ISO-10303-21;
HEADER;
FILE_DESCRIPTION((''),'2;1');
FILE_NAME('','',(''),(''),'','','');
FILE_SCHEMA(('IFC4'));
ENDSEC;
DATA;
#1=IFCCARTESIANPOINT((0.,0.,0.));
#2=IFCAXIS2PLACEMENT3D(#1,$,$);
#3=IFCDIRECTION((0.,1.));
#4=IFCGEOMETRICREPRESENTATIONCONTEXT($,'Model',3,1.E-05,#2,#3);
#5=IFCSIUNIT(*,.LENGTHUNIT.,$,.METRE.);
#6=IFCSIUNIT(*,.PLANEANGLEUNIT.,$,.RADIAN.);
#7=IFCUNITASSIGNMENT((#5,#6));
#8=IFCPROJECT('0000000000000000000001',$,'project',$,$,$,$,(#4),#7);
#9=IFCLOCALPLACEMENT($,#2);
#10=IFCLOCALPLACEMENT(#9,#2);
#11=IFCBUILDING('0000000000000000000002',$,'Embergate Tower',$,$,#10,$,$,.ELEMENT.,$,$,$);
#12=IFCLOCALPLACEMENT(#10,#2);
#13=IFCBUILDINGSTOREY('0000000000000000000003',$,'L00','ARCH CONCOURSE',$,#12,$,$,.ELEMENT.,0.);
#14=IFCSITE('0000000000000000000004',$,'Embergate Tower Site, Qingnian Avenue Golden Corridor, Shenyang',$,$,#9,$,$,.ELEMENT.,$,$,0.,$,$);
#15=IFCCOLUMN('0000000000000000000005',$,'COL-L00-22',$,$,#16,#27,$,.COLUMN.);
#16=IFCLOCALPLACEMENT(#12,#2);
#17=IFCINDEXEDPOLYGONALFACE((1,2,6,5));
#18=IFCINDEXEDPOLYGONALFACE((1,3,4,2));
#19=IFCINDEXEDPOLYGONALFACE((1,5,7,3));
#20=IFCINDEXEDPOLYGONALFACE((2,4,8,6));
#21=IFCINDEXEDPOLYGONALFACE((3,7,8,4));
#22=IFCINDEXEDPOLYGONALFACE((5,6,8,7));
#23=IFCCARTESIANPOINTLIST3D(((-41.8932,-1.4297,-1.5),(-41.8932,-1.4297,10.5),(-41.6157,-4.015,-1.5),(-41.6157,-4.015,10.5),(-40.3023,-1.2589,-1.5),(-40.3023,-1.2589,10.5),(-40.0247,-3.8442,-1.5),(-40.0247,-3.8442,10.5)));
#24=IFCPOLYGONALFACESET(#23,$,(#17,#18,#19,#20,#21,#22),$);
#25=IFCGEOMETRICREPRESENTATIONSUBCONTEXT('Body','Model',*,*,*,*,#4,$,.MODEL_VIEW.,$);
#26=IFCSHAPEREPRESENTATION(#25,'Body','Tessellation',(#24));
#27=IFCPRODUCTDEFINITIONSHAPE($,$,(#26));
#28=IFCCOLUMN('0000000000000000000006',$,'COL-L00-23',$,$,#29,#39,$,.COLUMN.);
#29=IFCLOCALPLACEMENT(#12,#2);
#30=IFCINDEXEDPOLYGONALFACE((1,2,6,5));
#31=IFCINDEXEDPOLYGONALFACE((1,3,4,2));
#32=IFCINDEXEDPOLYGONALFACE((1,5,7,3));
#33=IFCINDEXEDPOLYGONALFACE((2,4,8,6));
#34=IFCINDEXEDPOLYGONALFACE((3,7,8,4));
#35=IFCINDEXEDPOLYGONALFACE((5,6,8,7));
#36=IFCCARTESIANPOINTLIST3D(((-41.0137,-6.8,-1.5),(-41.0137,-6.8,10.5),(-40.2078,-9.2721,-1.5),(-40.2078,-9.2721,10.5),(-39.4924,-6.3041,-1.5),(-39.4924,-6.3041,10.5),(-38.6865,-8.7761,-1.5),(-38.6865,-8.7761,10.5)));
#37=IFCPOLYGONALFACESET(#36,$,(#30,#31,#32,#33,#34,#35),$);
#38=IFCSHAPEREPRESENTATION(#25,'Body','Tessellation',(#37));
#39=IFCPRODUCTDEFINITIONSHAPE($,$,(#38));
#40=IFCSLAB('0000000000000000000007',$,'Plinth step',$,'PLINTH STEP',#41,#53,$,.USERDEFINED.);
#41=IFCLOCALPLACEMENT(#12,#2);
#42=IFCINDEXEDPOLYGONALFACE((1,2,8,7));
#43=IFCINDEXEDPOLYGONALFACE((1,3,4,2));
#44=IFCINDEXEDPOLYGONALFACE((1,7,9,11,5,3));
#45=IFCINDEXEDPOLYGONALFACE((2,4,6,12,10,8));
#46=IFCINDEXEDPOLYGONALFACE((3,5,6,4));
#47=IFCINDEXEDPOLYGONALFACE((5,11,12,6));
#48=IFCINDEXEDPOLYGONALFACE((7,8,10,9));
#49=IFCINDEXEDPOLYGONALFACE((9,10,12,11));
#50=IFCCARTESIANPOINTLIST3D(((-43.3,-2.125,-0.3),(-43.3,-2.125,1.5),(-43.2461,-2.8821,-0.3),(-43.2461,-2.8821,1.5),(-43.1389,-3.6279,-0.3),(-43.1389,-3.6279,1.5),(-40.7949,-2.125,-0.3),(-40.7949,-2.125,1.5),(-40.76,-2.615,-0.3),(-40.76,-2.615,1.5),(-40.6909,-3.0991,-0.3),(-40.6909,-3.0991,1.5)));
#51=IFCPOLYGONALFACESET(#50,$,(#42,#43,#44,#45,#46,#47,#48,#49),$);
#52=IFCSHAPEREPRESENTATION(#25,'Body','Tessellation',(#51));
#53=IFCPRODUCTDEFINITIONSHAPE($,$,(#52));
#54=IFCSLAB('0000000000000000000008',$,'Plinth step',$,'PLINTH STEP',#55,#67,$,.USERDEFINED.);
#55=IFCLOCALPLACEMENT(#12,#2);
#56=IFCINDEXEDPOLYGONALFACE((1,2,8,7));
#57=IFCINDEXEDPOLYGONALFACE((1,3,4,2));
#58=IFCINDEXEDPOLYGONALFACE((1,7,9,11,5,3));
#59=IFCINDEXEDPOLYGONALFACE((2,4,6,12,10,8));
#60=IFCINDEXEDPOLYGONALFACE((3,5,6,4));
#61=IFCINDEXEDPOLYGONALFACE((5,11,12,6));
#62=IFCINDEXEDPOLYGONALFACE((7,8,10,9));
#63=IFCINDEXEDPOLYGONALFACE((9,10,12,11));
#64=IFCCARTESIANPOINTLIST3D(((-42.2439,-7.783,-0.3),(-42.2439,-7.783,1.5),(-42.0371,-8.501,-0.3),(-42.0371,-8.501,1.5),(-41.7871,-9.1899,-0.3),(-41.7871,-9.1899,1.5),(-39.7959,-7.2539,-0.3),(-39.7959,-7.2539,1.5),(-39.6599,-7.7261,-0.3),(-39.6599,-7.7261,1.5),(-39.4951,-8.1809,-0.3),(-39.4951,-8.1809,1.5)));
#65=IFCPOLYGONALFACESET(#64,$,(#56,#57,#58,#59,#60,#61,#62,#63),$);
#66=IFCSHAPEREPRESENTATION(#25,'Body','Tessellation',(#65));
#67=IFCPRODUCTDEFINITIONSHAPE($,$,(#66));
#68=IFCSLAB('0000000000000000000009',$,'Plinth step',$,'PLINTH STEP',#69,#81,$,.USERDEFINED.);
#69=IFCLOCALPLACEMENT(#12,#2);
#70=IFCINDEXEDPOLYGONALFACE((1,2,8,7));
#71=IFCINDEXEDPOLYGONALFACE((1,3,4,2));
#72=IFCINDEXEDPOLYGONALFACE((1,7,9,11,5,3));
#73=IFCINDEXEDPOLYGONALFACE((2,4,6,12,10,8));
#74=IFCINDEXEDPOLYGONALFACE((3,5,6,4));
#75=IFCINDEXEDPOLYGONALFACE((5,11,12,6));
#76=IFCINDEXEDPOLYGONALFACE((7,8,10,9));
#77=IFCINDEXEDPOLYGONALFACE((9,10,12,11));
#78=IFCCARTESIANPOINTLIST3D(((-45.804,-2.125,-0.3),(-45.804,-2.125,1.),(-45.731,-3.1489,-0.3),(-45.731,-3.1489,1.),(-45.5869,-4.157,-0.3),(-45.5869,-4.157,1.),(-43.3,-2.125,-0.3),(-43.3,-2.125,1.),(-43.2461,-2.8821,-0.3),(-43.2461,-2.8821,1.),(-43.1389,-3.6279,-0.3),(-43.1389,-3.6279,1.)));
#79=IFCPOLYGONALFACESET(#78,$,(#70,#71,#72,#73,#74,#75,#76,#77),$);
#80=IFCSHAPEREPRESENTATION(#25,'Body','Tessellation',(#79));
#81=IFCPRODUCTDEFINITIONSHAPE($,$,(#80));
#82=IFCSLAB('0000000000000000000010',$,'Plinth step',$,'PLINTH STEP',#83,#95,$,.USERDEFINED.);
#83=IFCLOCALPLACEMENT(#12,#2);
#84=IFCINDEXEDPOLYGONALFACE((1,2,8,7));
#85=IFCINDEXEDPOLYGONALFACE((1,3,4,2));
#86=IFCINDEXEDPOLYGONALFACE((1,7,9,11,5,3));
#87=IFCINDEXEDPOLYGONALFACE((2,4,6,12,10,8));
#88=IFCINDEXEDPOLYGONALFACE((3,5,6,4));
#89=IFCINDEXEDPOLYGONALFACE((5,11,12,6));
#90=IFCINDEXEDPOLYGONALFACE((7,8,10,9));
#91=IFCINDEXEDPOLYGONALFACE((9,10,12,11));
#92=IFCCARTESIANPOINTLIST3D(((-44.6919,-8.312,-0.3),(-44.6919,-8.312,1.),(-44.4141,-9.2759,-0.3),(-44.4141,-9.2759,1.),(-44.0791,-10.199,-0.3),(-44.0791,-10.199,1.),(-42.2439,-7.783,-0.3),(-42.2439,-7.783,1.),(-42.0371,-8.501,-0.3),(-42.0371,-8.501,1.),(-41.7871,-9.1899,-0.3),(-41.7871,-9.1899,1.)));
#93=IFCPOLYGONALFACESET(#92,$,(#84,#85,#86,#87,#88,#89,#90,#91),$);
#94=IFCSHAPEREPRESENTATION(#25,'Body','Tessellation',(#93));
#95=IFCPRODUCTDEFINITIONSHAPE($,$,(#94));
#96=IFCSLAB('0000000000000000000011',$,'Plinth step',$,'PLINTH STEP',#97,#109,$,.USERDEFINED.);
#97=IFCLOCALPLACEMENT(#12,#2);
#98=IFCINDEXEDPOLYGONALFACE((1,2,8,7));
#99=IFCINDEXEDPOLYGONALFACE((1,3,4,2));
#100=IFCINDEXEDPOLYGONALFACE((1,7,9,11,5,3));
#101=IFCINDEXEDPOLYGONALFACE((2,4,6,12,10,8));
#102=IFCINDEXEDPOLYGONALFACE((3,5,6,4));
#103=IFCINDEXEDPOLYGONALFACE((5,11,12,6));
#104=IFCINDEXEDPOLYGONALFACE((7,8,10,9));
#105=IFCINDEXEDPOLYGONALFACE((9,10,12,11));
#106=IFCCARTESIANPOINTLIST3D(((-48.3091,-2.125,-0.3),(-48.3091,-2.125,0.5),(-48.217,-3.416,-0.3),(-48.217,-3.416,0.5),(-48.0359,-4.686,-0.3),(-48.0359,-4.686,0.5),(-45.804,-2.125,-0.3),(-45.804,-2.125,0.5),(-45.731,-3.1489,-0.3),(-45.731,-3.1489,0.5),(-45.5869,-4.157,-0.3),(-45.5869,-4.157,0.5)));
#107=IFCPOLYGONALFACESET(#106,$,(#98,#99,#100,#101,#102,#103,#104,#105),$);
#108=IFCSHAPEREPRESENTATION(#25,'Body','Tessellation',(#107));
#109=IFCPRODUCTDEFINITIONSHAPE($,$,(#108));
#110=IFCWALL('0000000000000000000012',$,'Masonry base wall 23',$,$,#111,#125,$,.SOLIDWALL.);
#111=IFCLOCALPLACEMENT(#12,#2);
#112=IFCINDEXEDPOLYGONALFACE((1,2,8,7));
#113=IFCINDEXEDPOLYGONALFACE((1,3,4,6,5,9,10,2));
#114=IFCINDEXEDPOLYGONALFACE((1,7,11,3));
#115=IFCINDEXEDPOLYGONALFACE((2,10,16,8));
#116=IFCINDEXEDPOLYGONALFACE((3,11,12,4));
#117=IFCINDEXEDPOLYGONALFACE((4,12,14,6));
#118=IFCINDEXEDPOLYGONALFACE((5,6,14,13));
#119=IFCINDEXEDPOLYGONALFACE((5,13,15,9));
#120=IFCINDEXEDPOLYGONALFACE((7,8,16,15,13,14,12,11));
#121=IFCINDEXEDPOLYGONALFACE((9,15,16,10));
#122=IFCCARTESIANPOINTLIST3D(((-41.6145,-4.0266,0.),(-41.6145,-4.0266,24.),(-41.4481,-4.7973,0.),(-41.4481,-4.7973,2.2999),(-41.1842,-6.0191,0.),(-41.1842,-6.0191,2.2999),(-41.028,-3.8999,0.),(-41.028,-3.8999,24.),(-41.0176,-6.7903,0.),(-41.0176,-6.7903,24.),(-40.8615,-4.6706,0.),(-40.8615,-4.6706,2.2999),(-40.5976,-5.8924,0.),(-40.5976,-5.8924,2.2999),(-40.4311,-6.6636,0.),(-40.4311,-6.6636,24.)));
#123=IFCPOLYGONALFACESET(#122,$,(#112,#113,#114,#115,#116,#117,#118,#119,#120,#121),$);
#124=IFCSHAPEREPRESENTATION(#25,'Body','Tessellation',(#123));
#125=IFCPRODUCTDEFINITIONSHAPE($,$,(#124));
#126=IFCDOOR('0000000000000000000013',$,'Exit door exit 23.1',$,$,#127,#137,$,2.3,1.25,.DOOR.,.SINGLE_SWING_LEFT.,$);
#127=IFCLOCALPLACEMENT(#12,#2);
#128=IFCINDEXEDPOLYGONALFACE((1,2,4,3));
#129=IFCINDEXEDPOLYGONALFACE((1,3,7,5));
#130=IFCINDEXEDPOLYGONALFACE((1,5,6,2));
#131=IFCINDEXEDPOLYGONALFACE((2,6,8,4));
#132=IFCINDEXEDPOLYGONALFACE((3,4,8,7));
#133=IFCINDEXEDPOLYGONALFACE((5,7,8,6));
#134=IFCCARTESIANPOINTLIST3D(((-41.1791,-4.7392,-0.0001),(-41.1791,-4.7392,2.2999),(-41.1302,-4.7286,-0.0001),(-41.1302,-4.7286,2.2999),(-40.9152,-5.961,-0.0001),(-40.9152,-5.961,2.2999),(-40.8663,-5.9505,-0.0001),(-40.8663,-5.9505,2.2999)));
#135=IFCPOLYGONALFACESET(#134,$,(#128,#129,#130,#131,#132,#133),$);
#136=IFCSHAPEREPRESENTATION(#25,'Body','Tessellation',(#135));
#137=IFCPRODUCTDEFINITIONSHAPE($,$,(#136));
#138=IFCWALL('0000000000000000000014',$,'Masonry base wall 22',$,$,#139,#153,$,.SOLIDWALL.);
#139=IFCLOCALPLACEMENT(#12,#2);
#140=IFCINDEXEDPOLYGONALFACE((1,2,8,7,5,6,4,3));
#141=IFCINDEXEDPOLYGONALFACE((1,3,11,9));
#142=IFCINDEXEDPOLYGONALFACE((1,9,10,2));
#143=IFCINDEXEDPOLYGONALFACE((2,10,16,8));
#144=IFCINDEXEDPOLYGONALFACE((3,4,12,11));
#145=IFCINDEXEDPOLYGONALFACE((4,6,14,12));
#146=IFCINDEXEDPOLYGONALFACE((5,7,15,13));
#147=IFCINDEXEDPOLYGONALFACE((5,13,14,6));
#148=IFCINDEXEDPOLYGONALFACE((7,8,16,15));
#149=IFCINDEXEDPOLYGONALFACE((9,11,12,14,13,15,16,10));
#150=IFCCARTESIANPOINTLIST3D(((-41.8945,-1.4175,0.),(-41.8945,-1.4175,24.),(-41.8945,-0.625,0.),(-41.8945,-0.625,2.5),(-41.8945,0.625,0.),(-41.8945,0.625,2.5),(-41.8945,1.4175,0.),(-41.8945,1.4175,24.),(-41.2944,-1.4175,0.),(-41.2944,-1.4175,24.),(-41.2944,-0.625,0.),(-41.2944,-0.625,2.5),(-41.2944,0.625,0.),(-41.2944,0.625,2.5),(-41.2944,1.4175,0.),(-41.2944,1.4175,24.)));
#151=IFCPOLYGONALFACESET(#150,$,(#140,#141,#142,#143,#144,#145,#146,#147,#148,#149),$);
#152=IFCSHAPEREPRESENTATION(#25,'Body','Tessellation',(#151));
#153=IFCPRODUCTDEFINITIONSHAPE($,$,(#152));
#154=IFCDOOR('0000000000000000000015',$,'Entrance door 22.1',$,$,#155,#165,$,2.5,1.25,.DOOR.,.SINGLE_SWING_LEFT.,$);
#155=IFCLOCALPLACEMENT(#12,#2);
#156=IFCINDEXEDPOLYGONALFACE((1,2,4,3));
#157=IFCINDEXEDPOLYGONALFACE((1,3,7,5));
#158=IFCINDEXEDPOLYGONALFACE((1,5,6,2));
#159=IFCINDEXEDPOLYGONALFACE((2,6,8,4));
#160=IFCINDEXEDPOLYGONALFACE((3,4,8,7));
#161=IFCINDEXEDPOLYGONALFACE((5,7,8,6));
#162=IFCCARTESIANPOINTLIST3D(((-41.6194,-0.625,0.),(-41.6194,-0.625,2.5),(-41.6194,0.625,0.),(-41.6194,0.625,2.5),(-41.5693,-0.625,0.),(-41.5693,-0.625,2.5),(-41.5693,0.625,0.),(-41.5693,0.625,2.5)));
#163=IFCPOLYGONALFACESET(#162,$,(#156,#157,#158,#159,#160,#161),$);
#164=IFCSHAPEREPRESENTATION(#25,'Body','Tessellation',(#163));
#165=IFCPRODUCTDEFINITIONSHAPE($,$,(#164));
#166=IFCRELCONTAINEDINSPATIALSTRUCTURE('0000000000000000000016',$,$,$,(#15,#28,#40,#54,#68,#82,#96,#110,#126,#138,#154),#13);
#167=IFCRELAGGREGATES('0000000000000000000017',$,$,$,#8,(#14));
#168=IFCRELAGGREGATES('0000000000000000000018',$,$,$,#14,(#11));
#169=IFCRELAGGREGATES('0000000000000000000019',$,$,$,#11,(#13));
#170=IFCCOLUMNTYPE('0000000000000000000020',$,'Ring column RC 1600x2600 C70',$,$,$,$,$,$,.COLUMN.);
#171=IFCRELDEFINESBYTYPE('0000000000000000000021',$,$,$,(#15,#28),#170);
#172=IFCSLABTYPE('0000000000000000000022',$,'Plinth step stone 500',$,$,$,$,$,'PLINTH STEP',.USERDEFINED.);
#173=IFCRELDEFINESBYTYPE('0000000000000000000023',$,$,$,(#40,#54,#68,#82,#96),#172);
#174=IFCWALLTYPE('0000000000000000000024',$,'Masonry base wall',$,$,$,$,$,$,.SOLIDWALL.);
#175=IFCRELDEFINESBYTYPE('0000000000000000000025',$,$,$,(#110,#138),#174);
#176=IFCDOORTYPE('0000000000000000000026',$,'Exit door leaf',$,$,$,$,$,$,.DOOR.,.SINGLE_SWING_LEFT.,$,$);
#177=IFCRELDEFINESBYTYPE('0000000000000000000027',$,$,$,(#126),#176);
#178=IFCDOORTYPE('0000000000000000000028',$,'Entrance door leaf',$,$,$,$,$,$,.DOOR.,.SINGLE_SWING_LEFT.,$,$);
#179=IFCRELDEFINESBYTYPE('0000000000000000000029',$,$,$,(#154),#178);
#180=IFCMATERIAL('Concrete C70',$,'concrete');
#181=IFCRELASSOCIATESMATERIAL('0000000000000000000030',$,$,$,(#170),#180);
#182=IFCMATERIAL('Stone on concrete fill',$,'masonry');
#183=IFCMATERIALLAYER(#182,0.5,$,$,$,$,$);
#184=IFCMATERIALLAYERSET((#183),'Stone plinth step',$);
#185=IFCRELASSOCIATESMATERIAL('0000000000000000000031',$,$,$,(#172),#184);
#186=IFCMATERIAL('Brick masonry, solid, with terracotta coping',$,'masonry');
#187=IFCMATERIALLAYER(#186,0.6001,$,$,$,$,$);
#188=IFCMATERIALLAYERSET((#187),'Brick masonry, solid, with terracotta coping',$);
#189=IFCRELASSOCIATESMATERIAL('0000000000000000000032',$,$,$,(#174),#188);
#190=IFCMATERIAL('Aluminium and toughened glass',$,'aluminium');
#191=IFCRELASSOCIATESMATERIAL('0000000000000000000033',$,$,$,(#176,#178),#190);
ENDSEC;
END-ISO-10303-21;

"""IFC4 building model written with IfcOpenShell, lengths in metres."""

from ifc_helpers import new_model, si_unit, direction, frame, frame_2d, origin, origin_2d, place, context, subcontext, project, spatial, polyline, rectangle, outline, extrude, source, transform, mapped, material, layer, layer_set, material_profile, profile_set, type_object, element, fill, save


model = new_model("IFC4")

# Units and contexts
model_context = context("Model", 3, precision=1e-05, world=origin(), true_north=direction((0.0, 1.0)))
body_context = subcontext(model_context, "Body", "Model", "MODEL_VIEW")
ifc_project = project(units=[si_unit("LENGTHUNIT", "METRE"), si_unit("PLANEANGLEUNIT", "RADIAN")], contexts=[model_context])

# Site, building, storey
site_placement = place(None, origin())
site = spatial("IfcSite", under=ifc_project, at=site_placement, Name="Embergate Tower Site, Qingnian Avenue Golden Corridor, Shenyang", CompositionType="ELEMENT", RefElevation=0.0)
building_placement = place(site_placement, origin())
building = spatial("IfcBuilding", under=site, at=building_placement, Name="Embergate Tower", CompositionType="ELEMENT")
storey_placement = place(building_placement, origin())
storey = spatial("IfcBuildingStorey", under=building, at=storey_placement, Name="L00", Description="ARCH CONCOURSE", CompositionType="ELEMENT", Elevation=0.0)

# Columns
ifc_material_1 = material(Name="Concrete C70", Category="concrete")
ifc_material_profile = material_profile(ifc_material_1, rectangle(XDim=1.6001, YDim=2.6001, at=origin_2d()), Name="RC 1600x2600")
ifc_profile_set = profile_set([ifc_material_profile], Name="Concrete C70")
column_type = type_object("IfcColumnType", Name="Ring column RC 1600x2600 C70", PredefinedType="COLUMN", material=ifc_profile_set)
shared_shape_1 = source(origin(), body_context, "Body", "SweptSolid", [
    extrude(rectangle(XDim=1.6001, YDim=2.6001, at=origin_2d()), origin(), (0.0, 0.0, 1.0), 12.0),
])
for number, where, z_axis, x_axis, name in (
    (1, (-40.959, -2.637, -1.5), (0.0, 0.0, 1.0), (-0.994286, -0.10675, 0.0), "COL-L00-22"),
    (2, (-39.8501, -7.7881, -1.5), (0.0, 0.0, 1.0), (-0.950754, -0.309946, 0.0), "COL-L00-23"),
):
    element("IfcColumn", number, at=place(storey_placement, frame(where, z_axis=z_axis, x_axis=x_axis)), inside=storey, type_object=column_type, Name=name, PredefinedType="COLUMN", context=body_context, shape_type="MappedRepresentation", body=[
        mapped(shared_shape_1, transform((0.0, 0.0, 0.0))),
    ])

# Slabs
ifc_material_2 = material(Name="Stone on concrete fill", Category="masonry")
ifc_layer_1 = layer(ifc_material_2, 0.5)
ifc_layer_set_1 = layer_set([ifc_layer_1], Name="Stone plinth step")
slab_type = type_object("IfcSlabType", Name="Plinth step stone 500", ElementType="PLINTH STEP", PredefinedType="USERDEFINED", material=ifc_layer_set_1)
shared_shape_2 = source(origin(), body_context, "Body", "SweptSolid", [
    extrude(outline(polyline([(0.0, 0.0), (-0.1072, 0.7458), (-0.1611, 1.5029), (2.344, 1.5029), (2.3789, 1.0129), (2.448, 0.5288), (0.0, 0.0)])), origin(), (0.0, 0.0, 1.0), 1.8),
])
slab_1_placement = place(storey_placement, frame((-43.1389, -3.6279, -0.3)))
element("IfcSlab", 3, at=slab_1_placement, inside=storey, type_object=slab_type, Name="Plinth step", ObjectType="PLINTH STEP", PredefinedType="USERDEFINED", context=body_context, shape_type="MappedRepresentation", body=[
    mapped(shared_shape_2, transform((0.0, 0.0, 0.0))),
])
shared_shape_3 = source(origin(), body_context, "Body", "SweptSolid", [
    extrude(outline(polyline([(0.0, 0.0), (-0.25, 0.689), (-0.4568, 1.407), (1.9912, 1.936), (2.1272, 1.4639), (2.292, 1.009), (0.0, 0.0)])), origin(), (0.0, 0.0, 1.0), 1.8),
])
slab_2_placement = place(storey_placement, frame((-41.7871, -9.1899, -0.3)))
element("IfcSlab", 4, at=slab_2_placement, inside=storey, type_object=slab_type, Name="Plinth step", ObjectType="PLINTH STEP", PredefinedType="USERDEFINED", context=body_context, shape_type="MappedRepresentation", body=[
    mapped(shared_shape_3, transform((0.0, 0.0, 0.0))),
])
shared_shape_4 = source(origin(), body_context, "Body", "SweptSolid", [
    extrude(outline(polyline([(0.0, 0.0), (-0.144, 1.0081), (-0.217, 2.032), (2.2869, 2.032), (2.3408, 1.2749), (2.448, 0.5291), (0.0, 0.0)])), origin(), (0.0, 0.0, 1.0), 1.3),
])
slab_3_placement = place(storey_placement, frame((-45.5869, -4.157, -0.3)))
element("IfcSlab", 5, at=slab_3_placement, inside=storey, type_object=slab_type, Name="Plinth step", ObjectType="PLINTH STEP", PredefinedType="USERDEFINED", context=body_context, shape_type="MappedRepresentation", body=[
    mapped(shared_shape_4, transform((0.0, 0.0, 0.0))),
])
shared_shape_5 = source(origin(), body_context, "Body", "SweptSolid", [
    extrude(outline(polyline([(0.0, 0.0), (-0.335, 0.9231), (-0.6128, 1.887), (1.8352, 2.416), (2.042, 1.698), (2.292, 1.009), (0.0, 0.0)])), origin(), (0.0, 0.0, 1.0), 1.3),
])
slab_4_placement = place(storey_placement, frame((-44.0791, -10.199, -0.3)))
element("IfcSlab", 6, at=slab_4_placement, inside=storey, type_object=slab_type, Name="Plinth step", ObjectType="PLINTH STEP", PredefinedType="USERDEFINED", context=body_context, shape_type="MappedRepresentation", body=[
    mapped(shared_shape_5, transform((0.0, 0.0, 0.0))),
])
shared_shape_6 = source(origin(), body_context, "Body", "SweptSolid", [
    extrude(outline(polyline([(0.0, 0.0), (-0.1812, 1.27), (-0.2732, 2.561), (2.2319, 2.561), (2.3049, 1.5371), (2.449, 0.5291), (0.0, 0.0)])), origin(), (0.0, 0.0, 1.0), 0.8),
])
slab_5_placement = place(storey_placement, frame((-48.0359, -4.686, -0.3)))
element("IfcSlab", 7, at=slab_5_placement, inside=storey, type_object=slab_type, Name="Plinth step", ObjectType="PLINTH STEP", PredefinedType="USERDEFINED", context=body_context, shape_type="MappedRepresentation", body=[
    mapped(shared_shape_6, transform((0.0, 0.0, 0.0))),
])

# Walls, openings, doors
ifc_material_3 = material(Name="Brick masonry, solid, with terracotta coping", Category="masonry")
ifc_layer_2 = layer(ifc_material_3, 0.6001)
ifc_layer_set_2 = layer_set([ifc_layer_2], Name="Brick masonry, solid, with terracotta coping")
wall_type_1 = type_object("IfcWallType", Name="Masonry base wall", PredefinedType="SOLIDWALL", material=ifc_layer_set_2)
shared_shape_7 = source(origin(), body_context, "Body", "SweptSolid", [
    extrude(rectangle(XDim=2.8274, YDim=0.6001, at=frame_2d((1.4136, 0.0))), origin(), (0.0, 0.0, 1.0), 24.0),
])
wall_1_placement = place(storey_placement, frame((-40.7244, -6.7268, 0.0), z_axis=(0.0, 0.0, 1.0), x_axis=(-0.211121, 0.97746, 0.0)))
wall_1 = element("IfcWall", 8, at=wall_1_placement, inside=storey, type_object=wall_type_1, Name="Masonry base wall 23", PredefinedType="SOLIDWALL", context=body_context, shape_type="MappedRepresentation", body=[
    mapped(shared_shape_7, transform((0.0, 0.0, 0.0))),
])
shared_shape_8 = source(origin(), body_context, "Body", "SweptSolid", [
    extrude(rectangle(XDim=1.25, YDim=2.3, at=frame_2d((0.625, 1.1499))), frame((0.0, 0.3101, 0.0), z_axis=(0.0, -1.0, 0.0), x_axis=(1.0, 0.0, 0.0)), (0.0, 0.0, 1.0), 0.6201),
])
opening_1_placement = place(wall_1_placement, frame((0.7888, 0.0, 0.0)))
opening_1 = element("IfcOpeningElement", 9, at=opening_1_placement, cuts=wall_1, PredefinedType="OPENING", context=body_context, shape_type="MappedRepresentation", body=[
    mapped(shared_shape_8, transform((0.0, 0.0, 0.0))),
])
ifc_material_4 = material(Name="Aluminium and toughened glass", Category="aluminium")
door_type_1 = type_object("IfcDoorType", Name="Exit door leaf", OperationType="SINGLE_SWING_LEFT", PredefinedType="DOOR", material=ifc_material_4)
shared_shape_9 = source(origin(), body_context, "Body", "SweptSolid", [
    extrude(rectangle(XDim=1.25, YDim=2.3, at=frame_2d((0.625, 1.1499))), frame((0.0, 0.0249, 0.0), z_axis=(0.0, -1.0, 0.0), x_axis=(1.0, 0.0, 0.0)), (0.0, 0.0, 1.0), 0.05),
])
door_1_placement = place(opening_1_placement, origin())
door_1 = element("IfcDoor", 10, at=door_1_placement, inside=storey, type_object=door_type_1, Name="Exit door exit 23.1", OperationType="SINGLE_SWING_LEFT", OverallHeight=2.3, OverallWidth=1.25, PredefinedType="DOOR", context=body_context, shape_type="MappedRepresentation", body=[
    mapped(shared_shape_9, transform((0.0, 0.0, 0.0))),
])
fill(opening_1, door_1)
shared_shape_10 = source(origin(), body_context, "Body", "SweptSolid", [
    extrude(rectangle(XDim=2.835, YDim=0.6001, at=frame_2d((1.4175, 0.0))), origin(), (0.0, 0.0, 1.0), 24.0),
])
wall_2_placement = place(storey_placement, frame((-41.5945, -1.4175, 0.0), z_axis=(0.0, 0.0, 1.0), x_axis=(0.0, 1.0, 0.0)))
wall_2 = element("IfcWall", 11, at=wall_2_placement, inside=storey, type_object=wall_type_1, Name="Masonry base wall 22", PredefinedType="SOLIDWALL", context=body_context, shape_type="MappedRepresentation", body=[
    mapped(shared_shape_10, transform((0.0, 0.0, 0.0))),
])
shared_shape_11 = source(origin(), body_context, "Body", "SweptSolid", [
    extrude(rectangle(XDim=1.25, YDim=2.5, at=frame_2d((0.625, 1.25))), frame((0.0, 0.3101, 0.0), z_axis=(0.0, -1.0, 0.0), x_axis=(1.0, 0.0, 0.0)), (0.0, 0.0, 1.0), 0.6201),
])
opening_2_placement = place(wall_2_placement, frame((0.7925, 0.0, 0.0)))
opening_2 = element("IfcOpeningElement", 12, at=opening_2_placement, cuts=wall_2, PredefinedType="OPENING", context=body_context, shape_type="MappedRepresentation", body=[
    mapped(shared_shape_11, transform((0.0, 0.0, 0.0))),
])
door_type_2 = type_object("IfcDoorType", Name="Entrance door leaf", OperationType="SINGLE_SWING_LEFT", PredefinedType="DOOR", material=ifc_material_4)
shared_shape_12 = source(origin(), body_context, "Body", "SweptSolid", [
    extrude(rectangle(XDim=1.25, YDim=2.5, at=frame_2d((0.625, 1.25))), frame((0.0, 0.0249, 0.0), z_axis=(0.0, -1.0, 0.0), x_axis=(1.0, 0.0, 0.0)), (0.0, 0.0, 1.0), 0.05),
])
door_2_placement = place(opening_2_placement, origin())
door_2 = element("IfcDoor", 13, at=door_2_placement, inside=storey, type_object=door_type_2, Name="Entrance door 22.1", OperationType="SINGLE_SWING_LEFT", OverallHeight=2.5, OverallWidth=1.25, PredefinedType="DOOR", context=body_context, shape_type="MappedRepresentation", body=[
    mapped(shared_shape_12, transform((0.0, 0.0, 0.0))),
])
fill(opening_2, door_2)

save(model, "model.ifc")
